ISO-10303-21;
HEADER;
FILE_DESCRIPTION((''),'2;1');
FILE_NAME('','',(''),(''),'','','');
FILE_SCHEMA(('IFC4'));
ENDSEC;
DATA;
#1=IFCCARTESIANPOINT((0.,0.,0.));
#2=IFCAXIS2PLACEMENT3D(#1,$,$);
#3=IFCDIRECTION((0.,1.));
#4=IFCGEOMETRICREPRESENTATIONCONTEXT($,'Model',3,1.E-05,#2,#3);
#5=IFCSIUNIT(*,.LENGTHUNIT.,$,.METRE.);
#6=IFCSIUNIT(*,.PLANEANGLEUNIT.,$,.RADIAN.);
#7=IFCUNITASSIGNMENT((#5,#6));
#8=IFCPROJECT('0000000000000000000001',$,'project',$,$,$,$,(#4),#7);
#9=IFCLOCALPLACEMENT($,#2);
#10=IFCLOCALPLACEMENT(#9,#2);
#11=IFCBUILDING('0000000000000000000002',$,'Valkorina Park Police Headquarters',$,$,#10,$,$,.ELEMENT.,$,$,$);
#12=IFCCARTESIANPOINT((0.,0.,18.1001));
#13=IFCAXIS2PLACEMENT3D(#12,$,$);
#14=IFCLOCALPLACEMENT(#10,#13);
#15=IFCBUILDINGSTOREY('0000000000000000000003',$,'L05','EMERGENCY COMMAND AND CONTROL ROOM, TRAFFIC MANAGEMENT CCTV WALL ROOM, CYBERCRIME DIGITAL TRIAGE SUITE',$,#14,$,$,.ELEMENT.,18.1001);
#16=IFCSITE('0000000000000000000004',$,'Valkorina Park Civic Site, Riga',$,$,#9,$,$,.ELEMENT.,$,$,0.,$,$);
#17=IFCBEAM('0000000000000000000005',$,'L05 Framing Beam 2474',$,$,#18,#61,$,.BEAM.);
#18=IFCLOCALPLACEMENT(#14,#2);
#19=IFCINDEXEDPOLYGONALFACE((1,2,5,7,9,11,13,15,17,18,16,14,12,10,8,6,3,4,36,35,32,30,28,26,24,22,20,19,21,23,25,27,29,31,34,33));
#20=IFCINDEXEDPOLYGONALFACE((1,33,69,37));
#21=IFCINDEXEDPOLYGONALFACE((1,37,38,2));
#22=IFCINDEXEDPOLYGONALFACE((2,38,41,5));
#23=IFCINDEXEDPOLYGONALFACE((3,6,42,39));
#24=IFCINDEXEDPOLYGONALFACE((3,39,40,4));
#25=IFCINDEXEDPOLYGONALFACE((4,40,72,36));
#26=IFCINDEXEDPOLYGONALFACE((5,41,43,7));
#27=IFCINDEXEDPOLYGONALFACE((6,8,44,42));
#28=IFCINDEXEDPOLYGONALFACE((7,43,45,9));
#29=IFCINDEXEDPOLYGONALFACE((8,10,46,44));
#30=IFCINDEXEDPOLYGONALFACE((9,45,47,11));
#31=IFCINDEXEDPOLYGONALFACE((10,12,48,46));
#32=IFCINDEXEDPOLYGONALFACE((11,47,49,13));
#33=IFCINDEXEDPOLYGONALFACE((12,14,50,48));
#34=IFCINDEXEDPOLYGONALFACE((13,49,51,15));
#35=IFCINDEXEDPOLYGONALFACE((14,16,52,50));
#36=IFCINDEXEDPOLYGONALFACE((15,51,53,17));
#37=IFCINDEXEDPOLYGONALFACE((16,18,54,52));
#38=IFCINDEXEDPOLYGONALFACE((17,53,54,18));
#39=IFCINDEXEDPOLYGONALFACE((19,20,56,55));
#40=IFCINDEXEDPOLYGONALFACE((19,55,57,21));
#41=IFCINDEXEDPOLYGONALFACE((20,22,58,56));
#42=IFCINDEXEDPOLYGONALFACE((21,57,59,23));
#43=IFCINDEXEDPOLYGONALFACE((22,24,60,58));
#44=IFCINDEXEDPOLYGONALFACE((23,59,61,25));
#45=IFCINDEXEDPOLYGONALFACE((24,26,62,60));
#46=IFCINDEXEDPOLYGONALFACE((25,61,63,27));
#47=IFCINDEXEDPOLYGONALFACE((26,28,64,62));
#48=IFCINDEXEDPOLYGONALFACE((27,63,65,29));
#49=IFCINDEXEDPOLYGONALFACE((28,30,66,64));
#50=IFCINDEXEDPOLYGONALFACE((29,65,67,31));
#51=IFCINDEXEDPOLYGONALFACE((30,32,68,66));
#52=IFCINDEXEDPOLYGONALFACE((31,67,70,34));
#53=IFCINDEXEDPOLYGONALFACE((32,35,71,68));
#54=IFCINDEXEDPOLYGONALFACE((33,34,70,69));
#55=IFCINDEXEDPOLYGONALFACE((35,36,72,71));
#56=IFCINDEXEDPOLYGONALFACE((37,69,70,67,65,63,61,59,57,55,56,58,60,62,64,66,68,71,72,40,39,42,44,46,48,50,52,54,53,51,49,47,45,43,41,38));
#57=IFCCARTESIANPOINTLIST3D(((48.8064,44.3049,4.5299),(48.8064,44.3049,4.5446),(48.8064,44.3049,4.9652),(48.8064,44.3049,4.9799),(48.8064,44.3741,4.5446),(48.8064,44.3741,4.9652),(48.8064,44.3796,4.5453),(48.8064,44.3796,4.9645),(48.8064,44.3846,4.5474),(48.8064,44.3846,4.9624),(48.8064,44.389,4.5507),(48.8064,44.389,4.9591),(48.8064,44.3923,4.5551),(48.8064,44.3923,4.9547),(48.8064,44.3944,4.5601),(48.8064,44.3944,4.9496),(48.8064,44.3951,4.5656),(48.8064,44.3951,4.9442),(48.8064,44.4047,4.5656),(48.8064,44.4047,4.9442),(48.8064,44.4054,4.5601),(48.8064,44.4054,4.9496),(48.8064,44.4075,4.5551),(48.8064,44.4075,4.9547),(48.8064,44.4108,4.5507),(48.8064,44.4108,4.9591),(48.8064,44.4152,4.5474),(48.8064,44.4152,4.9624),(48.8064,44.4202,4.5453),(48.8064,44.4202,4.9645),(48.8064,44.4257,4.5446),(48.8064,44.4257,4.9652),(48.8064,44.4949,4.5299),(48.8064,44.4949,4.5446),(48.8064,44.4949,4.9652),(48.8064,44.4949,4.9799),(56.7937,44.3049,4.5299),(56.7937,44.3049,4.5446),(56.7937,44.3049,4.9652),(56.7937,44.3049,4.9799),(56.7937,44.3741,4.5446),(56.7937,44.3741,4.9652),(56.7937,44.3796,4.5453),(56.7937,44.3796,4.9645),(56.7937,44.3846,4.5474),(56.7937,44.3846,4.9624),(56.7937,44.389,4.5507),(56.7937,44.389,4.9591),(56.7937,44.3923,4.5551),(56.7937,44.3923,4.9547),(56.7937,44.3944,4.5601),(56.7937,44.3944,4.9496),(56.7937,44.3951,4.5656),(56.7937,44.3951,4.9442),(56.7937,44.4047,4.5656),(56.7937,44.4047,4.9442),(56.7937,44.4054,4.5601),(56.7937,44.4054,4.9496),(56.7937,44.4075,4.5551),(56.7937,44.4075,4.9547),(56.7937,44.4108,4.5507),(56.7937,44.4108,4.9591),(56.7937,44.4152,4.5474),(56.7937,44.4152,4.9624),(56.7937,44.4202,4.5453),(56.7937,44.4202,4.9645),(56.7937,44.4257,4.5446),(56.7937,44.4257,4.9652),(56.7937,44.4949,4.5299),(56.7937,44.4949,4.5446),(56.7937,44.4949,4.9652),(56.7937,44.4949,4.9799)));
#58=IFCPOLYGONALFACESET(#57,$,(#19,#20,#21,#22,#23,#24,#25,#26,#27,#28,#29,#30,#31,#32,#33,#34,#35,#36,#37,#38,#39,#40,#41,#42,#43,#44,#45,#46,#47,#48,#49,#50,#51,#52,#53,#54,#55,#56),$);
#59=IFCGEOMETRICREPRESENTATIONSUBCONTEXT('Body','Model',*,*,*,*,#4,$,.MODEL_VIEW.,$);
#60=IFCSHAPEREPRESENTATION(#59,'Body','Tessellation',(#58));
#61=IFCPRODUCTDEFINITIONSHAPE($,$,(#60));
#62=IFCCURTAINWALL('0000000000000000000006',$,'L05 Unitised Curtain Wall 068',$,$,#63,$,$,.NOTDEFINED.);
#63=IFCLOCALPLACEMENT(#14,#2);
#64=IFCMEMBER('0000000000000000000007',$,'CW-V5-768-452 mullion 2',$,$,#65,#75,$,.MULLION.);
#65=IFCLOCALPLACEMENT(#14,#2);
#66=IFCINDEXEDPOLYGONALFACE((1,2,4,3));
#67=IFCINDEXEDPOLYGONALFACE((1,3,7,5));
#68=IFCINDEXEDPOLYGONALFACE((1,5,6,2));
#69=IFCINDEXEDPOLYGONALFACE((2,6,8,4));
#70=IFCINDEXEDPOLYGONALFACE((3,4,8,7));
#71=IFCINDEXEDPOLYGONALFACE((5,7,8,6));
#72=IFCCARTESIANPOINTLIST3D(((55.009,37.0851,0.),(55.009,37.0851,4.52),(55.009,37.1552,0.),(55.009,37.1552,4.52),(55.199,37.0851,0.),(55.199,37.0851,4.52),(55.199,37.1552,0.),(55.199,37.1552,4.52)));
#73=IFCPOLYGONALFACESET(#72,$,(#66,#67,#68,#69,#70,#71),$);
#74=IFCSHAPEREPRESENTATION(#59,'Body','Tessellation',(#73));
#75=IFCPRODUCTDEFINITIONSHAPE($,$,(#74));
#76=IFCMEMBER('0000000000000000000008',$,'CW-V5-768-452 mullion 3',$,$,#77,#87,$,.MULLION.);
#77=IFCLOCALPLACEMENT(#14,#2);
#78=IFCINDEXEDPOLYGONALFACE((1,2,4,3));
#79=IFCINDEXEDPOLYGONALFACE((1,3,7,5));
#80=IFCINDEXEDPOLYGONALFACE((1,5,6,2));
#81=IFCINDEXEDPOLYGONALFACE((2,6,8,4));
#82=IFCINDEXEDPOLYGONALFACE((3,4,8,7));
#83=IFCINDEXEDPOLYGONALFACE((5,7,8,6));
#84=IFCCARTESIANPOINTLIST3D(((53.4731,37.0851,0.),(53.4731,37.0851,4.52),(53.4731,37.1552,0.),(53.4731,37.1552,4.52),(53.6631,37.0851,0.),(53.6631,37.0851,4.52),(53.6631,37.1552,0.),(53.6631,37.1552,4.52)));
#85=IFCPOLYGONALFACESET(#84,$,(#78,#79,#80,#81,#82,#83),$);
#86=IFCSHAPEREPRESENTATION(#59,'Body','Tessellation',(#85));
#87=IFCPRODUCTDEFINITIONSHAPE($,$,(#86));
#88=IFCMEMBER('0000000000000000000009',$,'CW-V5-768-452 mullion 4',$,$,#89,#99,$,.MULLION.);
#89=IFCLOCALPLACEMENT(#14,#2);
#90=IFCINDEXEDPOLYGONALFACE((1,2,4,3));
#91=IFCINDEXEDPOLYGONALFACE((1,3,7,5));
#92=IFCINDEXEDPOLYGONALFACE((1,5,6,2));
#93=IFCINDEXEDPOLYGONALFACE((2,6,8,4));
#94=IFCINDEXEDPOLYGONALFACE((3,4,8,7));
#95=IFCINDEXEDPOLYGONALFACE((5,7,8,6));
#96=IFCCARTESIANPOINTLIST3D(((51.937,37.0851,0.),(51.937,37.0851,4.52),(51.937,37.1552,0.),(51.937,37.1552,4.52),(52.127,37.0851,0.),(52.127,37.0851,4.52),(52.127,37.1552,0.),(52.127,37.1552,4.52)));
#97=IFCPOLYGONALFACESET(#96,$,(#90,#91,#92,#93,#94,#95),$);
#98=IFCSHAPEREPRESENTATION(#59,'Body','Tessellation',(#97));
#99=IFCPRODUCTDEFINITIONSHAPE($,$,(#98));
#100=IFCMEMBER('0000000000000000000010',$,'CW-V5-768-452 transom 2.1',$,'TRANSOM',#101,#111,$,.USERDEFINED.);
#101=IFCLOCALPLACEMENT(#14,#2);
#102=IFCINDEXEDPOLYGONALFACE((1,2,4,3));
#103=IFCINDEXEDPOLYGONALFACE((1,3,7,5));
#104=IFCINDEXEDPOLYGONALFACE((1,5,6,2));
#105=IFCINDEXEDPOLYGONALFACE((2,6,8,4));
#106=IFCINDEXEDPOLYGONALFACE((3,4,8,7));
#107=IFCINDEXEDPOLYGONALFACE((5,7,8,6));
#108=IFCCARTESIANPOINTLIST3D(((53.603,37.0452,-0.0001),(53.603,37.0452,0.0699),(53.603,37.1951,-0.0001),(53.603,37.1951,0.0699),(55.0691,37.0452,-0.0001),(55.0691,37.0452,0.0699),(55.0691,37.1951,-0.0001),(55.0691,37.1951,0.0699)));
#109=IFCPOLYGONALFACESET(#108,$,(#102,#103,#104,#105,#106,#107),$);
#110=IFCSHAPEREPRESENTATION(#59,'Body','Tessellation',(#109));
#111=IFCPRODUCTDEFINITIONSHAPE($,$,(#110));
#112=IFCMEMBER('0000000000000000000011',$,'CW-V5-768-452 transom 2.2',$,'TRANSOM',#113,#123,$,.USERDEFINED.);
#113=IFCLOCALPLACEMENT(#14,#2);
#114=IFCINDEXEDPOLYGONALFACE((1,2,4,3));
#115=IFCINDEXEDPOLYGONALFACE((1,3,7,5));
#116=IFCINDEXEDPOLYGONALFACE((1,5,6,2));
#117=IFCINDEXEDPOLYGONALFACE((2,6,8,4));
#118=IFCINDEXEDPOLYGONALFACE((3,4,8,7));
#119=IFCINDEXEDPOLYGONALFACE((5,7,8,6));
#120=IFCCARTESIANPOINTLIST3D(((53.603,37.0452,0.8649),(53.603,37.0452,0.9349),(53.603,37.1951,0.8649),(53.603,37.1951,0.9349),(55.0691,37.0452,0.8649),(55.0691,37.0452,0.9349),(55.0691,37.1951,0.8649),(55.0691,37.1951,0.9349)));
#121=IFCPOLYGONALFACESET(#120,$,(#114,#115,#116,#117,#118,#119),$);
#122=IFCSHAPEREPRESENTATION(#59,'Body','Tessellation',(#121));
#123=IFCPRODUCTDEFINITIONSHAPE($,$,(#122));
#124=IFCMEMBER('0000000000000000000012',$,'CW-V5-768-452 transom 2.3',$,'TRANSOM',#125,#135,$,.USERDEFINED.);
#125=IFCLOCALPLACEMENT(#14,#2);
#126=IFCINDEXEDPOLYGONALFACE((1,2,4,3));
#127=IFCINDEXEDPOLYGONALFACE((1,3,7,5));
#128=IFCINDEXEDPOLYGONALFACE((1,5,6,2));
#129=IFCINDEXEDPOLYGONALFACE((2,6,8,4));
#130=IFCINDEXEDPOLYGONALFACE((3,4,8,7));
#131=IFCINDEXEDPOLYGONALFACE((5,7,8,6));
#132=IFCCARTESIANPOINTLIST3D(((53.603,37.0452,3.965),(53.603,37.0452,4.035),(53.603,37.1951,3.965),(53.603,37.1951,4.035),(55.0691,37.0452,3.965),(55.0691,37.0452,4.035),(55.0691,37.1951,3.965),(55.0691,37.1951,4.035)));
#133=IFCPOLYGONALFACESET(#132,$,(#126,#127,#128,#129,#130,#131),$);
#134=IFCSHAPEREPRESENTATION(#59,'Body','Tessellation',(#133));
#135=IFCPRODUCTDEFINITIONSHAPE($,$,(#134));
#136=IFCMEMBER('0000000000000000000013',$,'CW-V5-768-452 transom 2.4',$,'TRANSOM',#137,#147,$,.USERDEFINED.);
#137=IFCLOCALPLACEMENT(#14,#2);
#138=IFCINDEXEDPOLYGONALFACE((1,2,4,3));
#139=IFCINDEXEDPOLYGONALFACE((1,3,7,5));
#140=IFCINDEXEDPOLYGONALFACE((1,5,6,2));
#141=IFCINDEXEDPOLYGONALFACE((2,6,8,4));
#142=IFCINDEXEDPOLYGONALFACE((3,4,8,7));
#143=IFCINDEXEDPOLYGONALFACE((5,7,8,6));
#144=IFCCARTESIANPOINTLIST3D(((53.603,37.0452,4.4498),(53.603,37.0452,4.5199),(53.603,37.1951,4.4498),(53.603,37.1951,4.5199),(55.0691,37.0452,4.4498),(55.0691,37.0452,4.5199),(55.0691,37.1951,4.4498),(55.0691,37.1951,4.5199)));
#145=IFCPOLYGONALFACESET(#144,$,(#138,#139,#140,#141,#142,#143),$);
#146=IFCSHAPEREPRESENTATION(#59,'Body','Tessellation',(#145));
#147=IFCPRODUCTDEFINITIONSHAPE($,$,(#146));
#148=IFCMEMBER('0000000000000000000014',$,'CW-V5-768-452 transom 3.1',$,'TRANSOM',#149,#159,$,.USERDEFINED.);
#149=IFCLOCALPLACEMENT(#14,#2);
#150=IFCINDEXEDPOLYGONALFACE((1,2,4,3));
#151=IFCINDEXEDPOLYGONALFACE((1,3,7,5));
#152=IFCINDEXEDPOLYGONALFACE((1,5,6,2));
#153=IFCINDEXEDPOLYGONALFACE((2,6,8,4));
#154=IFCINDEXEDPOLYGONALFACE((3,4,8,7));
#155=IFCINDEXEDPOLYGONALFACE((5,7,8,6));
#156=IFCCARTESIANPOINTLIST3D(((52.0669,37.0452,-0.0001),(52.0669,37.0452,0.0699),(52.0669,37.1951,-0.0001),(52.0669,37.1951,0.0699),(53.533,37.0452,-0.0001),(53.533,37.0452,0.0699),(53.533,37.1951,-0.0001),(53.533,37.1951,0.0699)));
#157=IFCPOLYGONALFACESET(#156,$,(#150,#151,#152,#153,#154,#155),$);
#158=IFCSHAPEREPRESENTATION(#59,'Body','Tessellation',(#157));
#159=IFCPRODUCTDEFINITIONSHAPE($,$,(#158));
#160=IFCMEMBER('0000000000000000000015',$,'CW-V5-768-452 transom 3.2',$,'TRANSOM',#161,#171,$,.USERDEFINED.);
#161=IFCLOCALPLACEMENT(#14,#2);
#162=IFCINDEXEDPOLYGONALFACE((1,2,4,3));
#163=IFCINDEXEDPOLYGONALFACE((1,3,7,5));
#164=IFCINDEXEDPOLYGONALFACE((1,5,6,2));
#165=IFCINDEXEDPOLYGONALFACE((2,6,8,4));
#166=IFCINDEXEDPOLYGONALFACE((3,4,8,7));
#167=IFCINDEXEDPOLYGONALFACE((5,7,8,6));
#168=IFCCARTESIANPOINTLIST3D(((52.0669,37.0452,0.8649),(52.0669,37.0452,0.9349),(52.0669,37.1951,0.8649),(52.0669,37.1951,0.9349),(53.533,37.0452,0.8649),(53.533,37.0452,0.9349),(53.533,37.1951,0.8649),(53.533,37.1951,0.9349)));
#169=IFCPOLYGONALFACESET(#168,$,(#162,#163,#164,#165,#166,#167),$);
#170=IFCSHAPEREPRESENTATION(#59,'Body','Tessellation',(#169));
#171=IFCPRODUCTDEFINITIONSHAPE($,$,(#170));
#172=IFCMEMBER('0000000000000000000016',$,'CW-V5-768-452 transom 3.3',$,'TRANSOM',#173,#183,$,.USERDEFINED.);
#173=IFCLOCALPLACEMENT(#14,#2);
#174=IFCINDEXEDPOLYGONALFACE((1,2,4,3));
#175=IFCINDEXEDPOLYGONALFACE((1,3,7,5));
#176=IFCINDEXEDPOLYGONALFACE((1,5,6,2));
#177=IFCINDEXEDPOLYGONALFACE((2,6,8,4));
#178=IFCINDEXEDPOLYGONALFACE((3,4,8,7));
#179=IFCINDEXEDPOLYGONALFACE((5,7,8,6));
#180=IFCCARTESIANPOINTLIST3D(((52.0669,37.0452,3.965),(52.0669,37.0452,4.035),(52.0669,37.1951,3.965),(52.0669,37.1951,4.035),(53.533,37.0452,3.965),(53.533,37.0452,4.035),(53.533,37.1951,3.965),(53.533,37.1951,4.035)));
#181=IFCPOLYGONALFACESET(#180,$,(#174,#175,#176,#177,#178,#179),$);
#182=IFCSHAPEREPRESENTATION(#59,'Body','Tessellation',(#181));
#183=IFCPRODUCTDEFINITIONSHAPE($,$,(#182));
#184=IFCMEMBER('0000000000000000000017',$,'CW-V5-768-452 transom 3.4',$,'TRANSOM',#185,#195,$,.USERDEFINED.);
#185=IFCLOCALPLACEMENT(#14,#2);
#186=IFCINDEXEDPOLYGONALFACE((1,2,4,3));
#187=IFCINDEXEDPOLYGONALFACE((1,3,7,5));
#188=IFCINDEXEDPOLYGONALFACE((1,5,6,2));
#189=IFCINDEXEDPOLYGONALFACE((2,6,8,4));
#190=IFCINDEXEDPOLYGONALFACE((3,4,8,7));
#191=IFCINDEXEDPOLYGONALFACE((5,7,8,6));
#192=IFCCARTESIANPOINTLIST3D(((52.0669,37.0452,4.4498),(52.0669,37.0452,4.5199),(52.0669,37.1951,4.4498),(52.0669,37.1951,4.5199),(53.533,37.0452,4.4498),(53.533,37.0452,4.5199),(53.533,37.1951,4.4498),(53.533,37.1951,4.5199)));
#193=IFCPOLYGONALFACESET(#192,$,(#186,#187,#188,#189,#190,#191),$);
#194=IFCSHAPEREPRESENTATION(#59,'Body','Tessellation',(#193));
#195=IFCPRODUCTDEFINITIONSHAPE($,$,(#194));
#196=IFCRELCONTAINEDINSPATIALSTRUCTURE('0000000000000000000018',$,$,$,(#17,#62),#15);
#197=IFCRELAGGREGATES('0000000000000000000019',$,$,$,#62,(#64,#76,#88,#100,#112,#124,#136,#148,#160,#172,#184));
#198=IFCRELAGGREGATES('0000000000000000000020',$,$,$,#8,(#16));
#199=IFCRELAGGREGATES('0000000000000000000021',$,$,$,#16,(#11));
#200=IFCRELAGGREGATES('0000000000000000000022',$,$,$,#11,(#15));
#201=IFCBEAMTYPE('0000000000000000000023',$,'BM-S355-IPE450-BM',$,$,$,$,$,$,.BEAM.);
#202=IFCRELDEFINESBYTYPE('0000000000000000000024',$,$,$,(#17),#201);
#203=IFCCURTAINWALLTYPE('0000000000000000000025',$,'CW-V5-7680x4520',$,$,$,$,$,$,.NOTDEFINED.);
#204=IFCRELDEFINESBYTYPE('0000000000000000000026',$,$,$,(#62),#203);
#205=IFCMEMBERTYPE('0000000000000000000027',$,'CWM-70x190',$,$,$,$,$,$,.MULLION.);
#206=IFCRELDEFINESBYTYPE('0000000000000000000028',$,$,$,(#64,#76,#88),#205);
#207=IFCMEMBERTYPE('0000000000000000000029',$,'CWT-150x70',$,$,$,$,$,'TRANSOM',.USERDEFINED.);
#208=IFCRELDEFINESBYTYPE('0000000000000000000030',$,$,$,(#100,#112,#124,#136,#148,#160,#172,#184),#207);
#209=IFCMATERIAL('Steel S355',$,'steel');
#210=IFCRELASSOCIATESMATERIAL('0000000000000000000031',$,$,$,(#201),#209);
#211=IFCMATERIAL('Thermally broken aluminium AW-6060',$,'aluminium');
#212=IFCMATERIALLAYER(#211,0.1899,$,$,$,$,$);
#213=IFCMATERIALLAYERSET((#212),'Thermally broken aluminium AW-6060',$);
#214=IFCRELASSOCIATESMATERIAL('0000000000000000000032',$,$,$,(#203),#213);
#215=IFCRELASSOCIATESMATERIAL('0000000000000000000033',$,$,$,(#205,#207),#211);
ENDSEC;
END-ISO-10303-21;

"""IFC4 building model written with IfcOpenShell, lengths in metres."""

from ifc_helpers import new_model, si_unit, direction, frame, origin, origin_2d, place, context, subcontext, project, spatial, rectangle, i_section, extrude, material, layer, layer_set, material_profile, profile_set, type_object, element, aggregate, save


model = new_model("IFC4")

# Units and contexts
model_context = context("Model", 3, precision=1e-05, world=origin(), true_north=direction((0.0, 1.0)))
body_context = subcontext(model_context, "Body", "Model", "MODEL_VIEW")
ifc_project = project(units=[si_unit("LENGTHUNIT", "METRE"), si_unit("PLANEANGLEUNIT", "RADIAN")], contexts=[model_context])

# Site, building, storey
site_placement = place(None, origin())
site = spatial("IfcSite", under=ifc_project, at=site_placement, Name="Valkorina Park Civic Site, Riga", CompositionType="ELEMENT", RefElevation=0.0)
building_placement = place(site_placement, origin())
building = spatial("IfcBuilding", under=site, at=building_placement, Name="Valkorina Park Police Headquarters", CompositionType="ELEMENT")
storey_placement = place(building_placement, frame((0.0, 0.0, 18.1001)))
storey = spatial("IfcBuildingStorey", under=building, at=storey_placement, Name="L05", Description="EMERGENCY COMMAND AND CONTROL ROOM, TRAFFIC MANAGEMENT CCTV WALL ROOM, CYBERCRIME DIGITAL TRIAGE SUITE", CompositionType="ELEMENT", Elevation=18.1001)

# Shared definitions
ifc_material_1 = material(Name="Steel S355", Category="steel")

# Beam
ifc_material_profile_1 = material_profile(ifc_material_1, i_section(OverallWidth=0.1899, OverallDepth=0.45, WebThickness=0.0095, FlangeThickness=0.0146, FilletRadius=0.021, at=origin_2d()), Name="IPE 450")
ifc_profile_set_1 = profile_set([ifc_material_profile_1], Name="Steel S355")
beam_type_1 = type_object("IfcBeamType", Name="BM-S355-IPE450-BM", PredefinedType="BEAM", material=ifc_profile_set_1)
beam_1_placement = place(storey_placement, frame((48.8064, 44.3999, 4.7549), z_axis=(1.0, 0.0, 0.0), x_axis=(0.0, 1.0, 0.0)))
element("IfcBeam", 1, at=beam_1_placement, inside=storey, type_object=beam_type_1, Name="L05 Framing Beam 2474", PredefinedType="BEAM", context=body_context, shape_type="SweptSolid", body=[
    extrude(i_section(OverallWidth=0.1899, OverallDepth=0.45, WebThickness=0.0095, FlangeThickness=0.0146, FilletRadius=0.021, at=origin_2d()), origin(), (0.0, 0.0, 1.0), 7.9873),
])

# Curtain wall, members
ifc_material_2 = material(Name="Thermally broken aluminium AW-6060", Category="aluminium")
ifc_layer_1 = layer(ifc_material_2, 0.1899)
ifc_layer_set_1 = layer_set([ifc_layer_1], Name="Thermally broken aluminium AW-6060")
curtain_wall_type = type_object("IfcCurtainWallType", Name="CW-V5-7680x4520", PredefinedType="NOTDEFINED", material=ifc_layer_set_1)
curtain_wall_placement = place(storey_placement, origin())
curtain_wall = element("IfcCurtainWall", 2, at=curtain_wall_placement, inside=storey, type_object=curtain_wall_type, Name="L05 Unitised Curtain Wall 068", PredefinedType="NOTDEFINED")
ifc_material_profile_2 = material_profile(ifc_material_2, rectangle(XDim=0.0701, YDim=0.1899, at=origin_2d()), Name="CWM-02 70x190")
ifc_profile_set_2 = profile_set([ifc_material_profile_2], Name="Thermally broken aluminium AW-6060")
member_type_1 = type_object("IfcMemberType", Name="CWM-70x190", PredefinedType="MULLION", material=ifc_profile_set_2)
member_1_placement = place(storey_placement, frame((55.104, 37.1201, 0.0), z_axis=(0.0, 0.0, 1.0), x_axis=(0.0, -1.0, 0.0)))
member_1 = element("IfcMember", 3, at=member_1_placement, type_object=member_type_1, Name="CW-V5-768-452 mullion 2", PredefinedType="MULLION", context=body_context, shape_type="SweptSolid", body=[
    extrude(rectangle(XDim=0.0701, YDim=0.1899, at=origin_2d()), origin(), (0.0, 0.0, 1.0), 4.52),
])
member_2_placement = place(storey_placement, frame((53.5681, 37.1201, 0.0), z_axis=(0.0, 0.0, 1.0), x_axis=(0.0, -1.0, 0.0)))
member_2 = element("IfcMember", 4, at=member_2_placement, type_object=member_type_1, Name="CW-V5-768-452 mullion 3", PredefinedType="MULLION", context=body_context, shape_type="SweptSolid", body=[
    extrude(rectangle(XDim=0.0701, YDim=0.1899, at=origin_2d()), origin(), (0.0, 0.0, 1.0), 4.52),
])
member_3_placement = place(storey_placement, frame((52.032, 37.1201, 0.0), z_axis=(0.0, 0.0, 1.0), x_axis=(0.0, -1.0, 0.0)))
member_3 = element("IfcMember", 5, at=member_3_placement, type_object=member_type_1, Name="CW-V5-768-452 mullion 4", PredefinedType="MULLION", context=body_context, shape_type="SweptSolid", body=[
    extrude(rectangle(XDim=0.0701, YDim=0.1899, at=origin_2d()), origin(), (0.0, 0.0, 1.0), 4.52),
])
ifc_material_profile_3 = material_profile(ifc_material_2, rectangle(XDim=0.1499, YDim=0.0701, at=origin_2d()), Name="CWT-02 150x70")
ifc_profile_set_3 = profile_set([ifc_material_profile_3], Name="Thermally broken aluminium AW-6060")
member_type_2 = type_object("IfcMemberType", Name="CWT-150x70", ElementType="TRANSOM", PredefinedType="USERDEFINED", material=ifc_profile_set_3)
member_4_placement = place(storey_placement, frame((55.0691, 37.1201, 0.0349), z_axis=(-1.0, 0.0, 0.0), x_axis=(0.0, -1.0, 0.0)))
member_4 = element("IfcMember", 6, at=member_4_placement, type_object=member_type_2, Name="CW-V5-768-452 transom 2.1", ObjectType="TRANSOM", PredefinedType="USERDEFINED", context=body_context, shape_type="SweptSolid", body=[
    extrude(rectangle(XDim=0.1499, YDim=0.0701, at=origin_2d()), origin(), (0.0, 0.0, 1.0), 1.4661),
])
member_5_placement = place(storey_placement, frame((55.0691, 37.1201, 0.8999), z_axis=(-1.0, 0.0, 0.0), x_axis=(0.0, -1.0, 0.0)))
member_5 = element("IfcMember", 7, at=member_5_placement, type_object=member_type_2, Name="CW-V5-768-452 transom 2.2", ObjectType="TRANSOM", PredefinedType="USERDEFINED", context=body_context, shape_type="SweptSolid", body=[
    extrude(rectangle(XDim=0.1499, YDim=0.0701, at=origin_2d()), origin(), (0.0, 0.0, 1.0), 1.4661),
])
member_6_placement = place(storey_placement, frame((55.0691, 37.1201, 4.0), z_axis=(-1.0, 0.0, 0.0), x_axis=(0.0, -1.0, 0.0)))
member_6 = element("IfcMember", 8, at=member_6_placement, type_object=member_type_2, Name="CW-V5-768-452 transom 2.3", ObjectType="TRANSOM", PredefinedType="USERDEFINED", context=body_context, shape_type="SweptSolid", body=[
    extrude(rectangle(XDim=0.1499, YDim=0.0701, at=origin_2d()), origin(), (0.0, 0.0, 1.0), 1.4661),
])
member_7_placement = place(storey_placement, frame((55.0691, 37.1201, 4.4849), z_axis=(-1.0, 0.0, 0.0), x_axis=(0.0, -1.0, 0.0)))
member_7 = element("IfcMember", 9, at=member_7_placement, type_object=member_type_2, Name="CW-V5-768-452 transom 2.4", ObjectType="TRANSOM", PredefinedType="USERDEFINED", context=body_context, shape_type="SweptSolid", body=[
    extrude(rectangle(XDim=0.1499, YDim=0.0701, at=origin_2d()), origin(), (0.0, 0.0, 1.0), 1.4661),
])
member_8_placement = place(storey_placement, frame((53.533, 37.1201, 0.0349), z_axis=(-1.0, 0.0, 0.0), x_axis=(0.0, -1.0, 0.0)))
member_8 = element("IfcMember", 10, at=member_8_placement, type_object=member_type_2, Name="CW-V5-768-452 transom 3.1", ObjectType="TRANSOM", PredefinedType="USERDEFINED", context=body_context, shape_type="SweptSolid", body=[
    extrude(rectangle(XDim=0.1499, YDim=0.0701, at=origin_2d()), origin(), (0.0, 0.0, 1.0), 1.4661),
])
member_9_placement = place(storey_placement, frame((53.533, 37.1201, 0.8999), z_axis=(-1.0, 0.0, 0.0), x_axis=(0.0, -1.0, 0.0)))
member_9 = element("IfcMember", 11, at=member_9_placement, type_object=member_type_2, Name="CW-V5-768-452 transom 3.2", ObjectType="TRANSOM", PredefinedType="USERDEFINED", context=body_context, shape_type="SweptSolid", body=[
    extrude(rectangle(XDim=0.1499, YDim=0.0701, at=origin_2d()), origin(), (0.0, 0.0, 1.0), 1.4661),
])
member_10_placement = place(storey_placement, frame((53.533, 37.1201, 4.0), z_axis=(-1.0, 0.0, 0.0), x_axis=(0.0, -1.0, 0.0)))
member_10 = element("IfcMember", 12, at=member_10_placement, type_object=member_type_2, Name="CW-V5-768-452 transom 3.3", ObjectType="TRANSOM", PredefinedType="USERDEFINED", context=body_context, shape_type="SweptSolid", body=[
    extrude(rectangle(XDim=0.1499, YDim=0.0701, at=origin_2d()), origin(), (0.0, 0.0, 1.0), 1.4661),
])
member_11_placement = place(storey_placement, frame((53.533, 37.1201, 4.4849), z_axis=(-1.0, 0.0, 0.0), x_axis=(0.0, -1.0, 0.0)))
member_11 = element("IfcMember", 13, at=member_11_placement, type_object=member_type_2, Name="CW-V5-768-452 transom 3.4", ObjectType="TRANSOM", PredefinedType="USERDEFINED", context=body_context, shape_type="SweptSolid", body=[
    extrude(rectangle(XDim=0.1499, YDim=0.0701, at=origin_2d()), origin(), (0.0, 0.0, 1.0), 1.4661),
])
aggregate(curtain_wall, [member_1, member_2, member_3, member_4, member_5, member_6, member_7, member_8, member_9, member_10, member_11])

save(model, "model.ifc")
